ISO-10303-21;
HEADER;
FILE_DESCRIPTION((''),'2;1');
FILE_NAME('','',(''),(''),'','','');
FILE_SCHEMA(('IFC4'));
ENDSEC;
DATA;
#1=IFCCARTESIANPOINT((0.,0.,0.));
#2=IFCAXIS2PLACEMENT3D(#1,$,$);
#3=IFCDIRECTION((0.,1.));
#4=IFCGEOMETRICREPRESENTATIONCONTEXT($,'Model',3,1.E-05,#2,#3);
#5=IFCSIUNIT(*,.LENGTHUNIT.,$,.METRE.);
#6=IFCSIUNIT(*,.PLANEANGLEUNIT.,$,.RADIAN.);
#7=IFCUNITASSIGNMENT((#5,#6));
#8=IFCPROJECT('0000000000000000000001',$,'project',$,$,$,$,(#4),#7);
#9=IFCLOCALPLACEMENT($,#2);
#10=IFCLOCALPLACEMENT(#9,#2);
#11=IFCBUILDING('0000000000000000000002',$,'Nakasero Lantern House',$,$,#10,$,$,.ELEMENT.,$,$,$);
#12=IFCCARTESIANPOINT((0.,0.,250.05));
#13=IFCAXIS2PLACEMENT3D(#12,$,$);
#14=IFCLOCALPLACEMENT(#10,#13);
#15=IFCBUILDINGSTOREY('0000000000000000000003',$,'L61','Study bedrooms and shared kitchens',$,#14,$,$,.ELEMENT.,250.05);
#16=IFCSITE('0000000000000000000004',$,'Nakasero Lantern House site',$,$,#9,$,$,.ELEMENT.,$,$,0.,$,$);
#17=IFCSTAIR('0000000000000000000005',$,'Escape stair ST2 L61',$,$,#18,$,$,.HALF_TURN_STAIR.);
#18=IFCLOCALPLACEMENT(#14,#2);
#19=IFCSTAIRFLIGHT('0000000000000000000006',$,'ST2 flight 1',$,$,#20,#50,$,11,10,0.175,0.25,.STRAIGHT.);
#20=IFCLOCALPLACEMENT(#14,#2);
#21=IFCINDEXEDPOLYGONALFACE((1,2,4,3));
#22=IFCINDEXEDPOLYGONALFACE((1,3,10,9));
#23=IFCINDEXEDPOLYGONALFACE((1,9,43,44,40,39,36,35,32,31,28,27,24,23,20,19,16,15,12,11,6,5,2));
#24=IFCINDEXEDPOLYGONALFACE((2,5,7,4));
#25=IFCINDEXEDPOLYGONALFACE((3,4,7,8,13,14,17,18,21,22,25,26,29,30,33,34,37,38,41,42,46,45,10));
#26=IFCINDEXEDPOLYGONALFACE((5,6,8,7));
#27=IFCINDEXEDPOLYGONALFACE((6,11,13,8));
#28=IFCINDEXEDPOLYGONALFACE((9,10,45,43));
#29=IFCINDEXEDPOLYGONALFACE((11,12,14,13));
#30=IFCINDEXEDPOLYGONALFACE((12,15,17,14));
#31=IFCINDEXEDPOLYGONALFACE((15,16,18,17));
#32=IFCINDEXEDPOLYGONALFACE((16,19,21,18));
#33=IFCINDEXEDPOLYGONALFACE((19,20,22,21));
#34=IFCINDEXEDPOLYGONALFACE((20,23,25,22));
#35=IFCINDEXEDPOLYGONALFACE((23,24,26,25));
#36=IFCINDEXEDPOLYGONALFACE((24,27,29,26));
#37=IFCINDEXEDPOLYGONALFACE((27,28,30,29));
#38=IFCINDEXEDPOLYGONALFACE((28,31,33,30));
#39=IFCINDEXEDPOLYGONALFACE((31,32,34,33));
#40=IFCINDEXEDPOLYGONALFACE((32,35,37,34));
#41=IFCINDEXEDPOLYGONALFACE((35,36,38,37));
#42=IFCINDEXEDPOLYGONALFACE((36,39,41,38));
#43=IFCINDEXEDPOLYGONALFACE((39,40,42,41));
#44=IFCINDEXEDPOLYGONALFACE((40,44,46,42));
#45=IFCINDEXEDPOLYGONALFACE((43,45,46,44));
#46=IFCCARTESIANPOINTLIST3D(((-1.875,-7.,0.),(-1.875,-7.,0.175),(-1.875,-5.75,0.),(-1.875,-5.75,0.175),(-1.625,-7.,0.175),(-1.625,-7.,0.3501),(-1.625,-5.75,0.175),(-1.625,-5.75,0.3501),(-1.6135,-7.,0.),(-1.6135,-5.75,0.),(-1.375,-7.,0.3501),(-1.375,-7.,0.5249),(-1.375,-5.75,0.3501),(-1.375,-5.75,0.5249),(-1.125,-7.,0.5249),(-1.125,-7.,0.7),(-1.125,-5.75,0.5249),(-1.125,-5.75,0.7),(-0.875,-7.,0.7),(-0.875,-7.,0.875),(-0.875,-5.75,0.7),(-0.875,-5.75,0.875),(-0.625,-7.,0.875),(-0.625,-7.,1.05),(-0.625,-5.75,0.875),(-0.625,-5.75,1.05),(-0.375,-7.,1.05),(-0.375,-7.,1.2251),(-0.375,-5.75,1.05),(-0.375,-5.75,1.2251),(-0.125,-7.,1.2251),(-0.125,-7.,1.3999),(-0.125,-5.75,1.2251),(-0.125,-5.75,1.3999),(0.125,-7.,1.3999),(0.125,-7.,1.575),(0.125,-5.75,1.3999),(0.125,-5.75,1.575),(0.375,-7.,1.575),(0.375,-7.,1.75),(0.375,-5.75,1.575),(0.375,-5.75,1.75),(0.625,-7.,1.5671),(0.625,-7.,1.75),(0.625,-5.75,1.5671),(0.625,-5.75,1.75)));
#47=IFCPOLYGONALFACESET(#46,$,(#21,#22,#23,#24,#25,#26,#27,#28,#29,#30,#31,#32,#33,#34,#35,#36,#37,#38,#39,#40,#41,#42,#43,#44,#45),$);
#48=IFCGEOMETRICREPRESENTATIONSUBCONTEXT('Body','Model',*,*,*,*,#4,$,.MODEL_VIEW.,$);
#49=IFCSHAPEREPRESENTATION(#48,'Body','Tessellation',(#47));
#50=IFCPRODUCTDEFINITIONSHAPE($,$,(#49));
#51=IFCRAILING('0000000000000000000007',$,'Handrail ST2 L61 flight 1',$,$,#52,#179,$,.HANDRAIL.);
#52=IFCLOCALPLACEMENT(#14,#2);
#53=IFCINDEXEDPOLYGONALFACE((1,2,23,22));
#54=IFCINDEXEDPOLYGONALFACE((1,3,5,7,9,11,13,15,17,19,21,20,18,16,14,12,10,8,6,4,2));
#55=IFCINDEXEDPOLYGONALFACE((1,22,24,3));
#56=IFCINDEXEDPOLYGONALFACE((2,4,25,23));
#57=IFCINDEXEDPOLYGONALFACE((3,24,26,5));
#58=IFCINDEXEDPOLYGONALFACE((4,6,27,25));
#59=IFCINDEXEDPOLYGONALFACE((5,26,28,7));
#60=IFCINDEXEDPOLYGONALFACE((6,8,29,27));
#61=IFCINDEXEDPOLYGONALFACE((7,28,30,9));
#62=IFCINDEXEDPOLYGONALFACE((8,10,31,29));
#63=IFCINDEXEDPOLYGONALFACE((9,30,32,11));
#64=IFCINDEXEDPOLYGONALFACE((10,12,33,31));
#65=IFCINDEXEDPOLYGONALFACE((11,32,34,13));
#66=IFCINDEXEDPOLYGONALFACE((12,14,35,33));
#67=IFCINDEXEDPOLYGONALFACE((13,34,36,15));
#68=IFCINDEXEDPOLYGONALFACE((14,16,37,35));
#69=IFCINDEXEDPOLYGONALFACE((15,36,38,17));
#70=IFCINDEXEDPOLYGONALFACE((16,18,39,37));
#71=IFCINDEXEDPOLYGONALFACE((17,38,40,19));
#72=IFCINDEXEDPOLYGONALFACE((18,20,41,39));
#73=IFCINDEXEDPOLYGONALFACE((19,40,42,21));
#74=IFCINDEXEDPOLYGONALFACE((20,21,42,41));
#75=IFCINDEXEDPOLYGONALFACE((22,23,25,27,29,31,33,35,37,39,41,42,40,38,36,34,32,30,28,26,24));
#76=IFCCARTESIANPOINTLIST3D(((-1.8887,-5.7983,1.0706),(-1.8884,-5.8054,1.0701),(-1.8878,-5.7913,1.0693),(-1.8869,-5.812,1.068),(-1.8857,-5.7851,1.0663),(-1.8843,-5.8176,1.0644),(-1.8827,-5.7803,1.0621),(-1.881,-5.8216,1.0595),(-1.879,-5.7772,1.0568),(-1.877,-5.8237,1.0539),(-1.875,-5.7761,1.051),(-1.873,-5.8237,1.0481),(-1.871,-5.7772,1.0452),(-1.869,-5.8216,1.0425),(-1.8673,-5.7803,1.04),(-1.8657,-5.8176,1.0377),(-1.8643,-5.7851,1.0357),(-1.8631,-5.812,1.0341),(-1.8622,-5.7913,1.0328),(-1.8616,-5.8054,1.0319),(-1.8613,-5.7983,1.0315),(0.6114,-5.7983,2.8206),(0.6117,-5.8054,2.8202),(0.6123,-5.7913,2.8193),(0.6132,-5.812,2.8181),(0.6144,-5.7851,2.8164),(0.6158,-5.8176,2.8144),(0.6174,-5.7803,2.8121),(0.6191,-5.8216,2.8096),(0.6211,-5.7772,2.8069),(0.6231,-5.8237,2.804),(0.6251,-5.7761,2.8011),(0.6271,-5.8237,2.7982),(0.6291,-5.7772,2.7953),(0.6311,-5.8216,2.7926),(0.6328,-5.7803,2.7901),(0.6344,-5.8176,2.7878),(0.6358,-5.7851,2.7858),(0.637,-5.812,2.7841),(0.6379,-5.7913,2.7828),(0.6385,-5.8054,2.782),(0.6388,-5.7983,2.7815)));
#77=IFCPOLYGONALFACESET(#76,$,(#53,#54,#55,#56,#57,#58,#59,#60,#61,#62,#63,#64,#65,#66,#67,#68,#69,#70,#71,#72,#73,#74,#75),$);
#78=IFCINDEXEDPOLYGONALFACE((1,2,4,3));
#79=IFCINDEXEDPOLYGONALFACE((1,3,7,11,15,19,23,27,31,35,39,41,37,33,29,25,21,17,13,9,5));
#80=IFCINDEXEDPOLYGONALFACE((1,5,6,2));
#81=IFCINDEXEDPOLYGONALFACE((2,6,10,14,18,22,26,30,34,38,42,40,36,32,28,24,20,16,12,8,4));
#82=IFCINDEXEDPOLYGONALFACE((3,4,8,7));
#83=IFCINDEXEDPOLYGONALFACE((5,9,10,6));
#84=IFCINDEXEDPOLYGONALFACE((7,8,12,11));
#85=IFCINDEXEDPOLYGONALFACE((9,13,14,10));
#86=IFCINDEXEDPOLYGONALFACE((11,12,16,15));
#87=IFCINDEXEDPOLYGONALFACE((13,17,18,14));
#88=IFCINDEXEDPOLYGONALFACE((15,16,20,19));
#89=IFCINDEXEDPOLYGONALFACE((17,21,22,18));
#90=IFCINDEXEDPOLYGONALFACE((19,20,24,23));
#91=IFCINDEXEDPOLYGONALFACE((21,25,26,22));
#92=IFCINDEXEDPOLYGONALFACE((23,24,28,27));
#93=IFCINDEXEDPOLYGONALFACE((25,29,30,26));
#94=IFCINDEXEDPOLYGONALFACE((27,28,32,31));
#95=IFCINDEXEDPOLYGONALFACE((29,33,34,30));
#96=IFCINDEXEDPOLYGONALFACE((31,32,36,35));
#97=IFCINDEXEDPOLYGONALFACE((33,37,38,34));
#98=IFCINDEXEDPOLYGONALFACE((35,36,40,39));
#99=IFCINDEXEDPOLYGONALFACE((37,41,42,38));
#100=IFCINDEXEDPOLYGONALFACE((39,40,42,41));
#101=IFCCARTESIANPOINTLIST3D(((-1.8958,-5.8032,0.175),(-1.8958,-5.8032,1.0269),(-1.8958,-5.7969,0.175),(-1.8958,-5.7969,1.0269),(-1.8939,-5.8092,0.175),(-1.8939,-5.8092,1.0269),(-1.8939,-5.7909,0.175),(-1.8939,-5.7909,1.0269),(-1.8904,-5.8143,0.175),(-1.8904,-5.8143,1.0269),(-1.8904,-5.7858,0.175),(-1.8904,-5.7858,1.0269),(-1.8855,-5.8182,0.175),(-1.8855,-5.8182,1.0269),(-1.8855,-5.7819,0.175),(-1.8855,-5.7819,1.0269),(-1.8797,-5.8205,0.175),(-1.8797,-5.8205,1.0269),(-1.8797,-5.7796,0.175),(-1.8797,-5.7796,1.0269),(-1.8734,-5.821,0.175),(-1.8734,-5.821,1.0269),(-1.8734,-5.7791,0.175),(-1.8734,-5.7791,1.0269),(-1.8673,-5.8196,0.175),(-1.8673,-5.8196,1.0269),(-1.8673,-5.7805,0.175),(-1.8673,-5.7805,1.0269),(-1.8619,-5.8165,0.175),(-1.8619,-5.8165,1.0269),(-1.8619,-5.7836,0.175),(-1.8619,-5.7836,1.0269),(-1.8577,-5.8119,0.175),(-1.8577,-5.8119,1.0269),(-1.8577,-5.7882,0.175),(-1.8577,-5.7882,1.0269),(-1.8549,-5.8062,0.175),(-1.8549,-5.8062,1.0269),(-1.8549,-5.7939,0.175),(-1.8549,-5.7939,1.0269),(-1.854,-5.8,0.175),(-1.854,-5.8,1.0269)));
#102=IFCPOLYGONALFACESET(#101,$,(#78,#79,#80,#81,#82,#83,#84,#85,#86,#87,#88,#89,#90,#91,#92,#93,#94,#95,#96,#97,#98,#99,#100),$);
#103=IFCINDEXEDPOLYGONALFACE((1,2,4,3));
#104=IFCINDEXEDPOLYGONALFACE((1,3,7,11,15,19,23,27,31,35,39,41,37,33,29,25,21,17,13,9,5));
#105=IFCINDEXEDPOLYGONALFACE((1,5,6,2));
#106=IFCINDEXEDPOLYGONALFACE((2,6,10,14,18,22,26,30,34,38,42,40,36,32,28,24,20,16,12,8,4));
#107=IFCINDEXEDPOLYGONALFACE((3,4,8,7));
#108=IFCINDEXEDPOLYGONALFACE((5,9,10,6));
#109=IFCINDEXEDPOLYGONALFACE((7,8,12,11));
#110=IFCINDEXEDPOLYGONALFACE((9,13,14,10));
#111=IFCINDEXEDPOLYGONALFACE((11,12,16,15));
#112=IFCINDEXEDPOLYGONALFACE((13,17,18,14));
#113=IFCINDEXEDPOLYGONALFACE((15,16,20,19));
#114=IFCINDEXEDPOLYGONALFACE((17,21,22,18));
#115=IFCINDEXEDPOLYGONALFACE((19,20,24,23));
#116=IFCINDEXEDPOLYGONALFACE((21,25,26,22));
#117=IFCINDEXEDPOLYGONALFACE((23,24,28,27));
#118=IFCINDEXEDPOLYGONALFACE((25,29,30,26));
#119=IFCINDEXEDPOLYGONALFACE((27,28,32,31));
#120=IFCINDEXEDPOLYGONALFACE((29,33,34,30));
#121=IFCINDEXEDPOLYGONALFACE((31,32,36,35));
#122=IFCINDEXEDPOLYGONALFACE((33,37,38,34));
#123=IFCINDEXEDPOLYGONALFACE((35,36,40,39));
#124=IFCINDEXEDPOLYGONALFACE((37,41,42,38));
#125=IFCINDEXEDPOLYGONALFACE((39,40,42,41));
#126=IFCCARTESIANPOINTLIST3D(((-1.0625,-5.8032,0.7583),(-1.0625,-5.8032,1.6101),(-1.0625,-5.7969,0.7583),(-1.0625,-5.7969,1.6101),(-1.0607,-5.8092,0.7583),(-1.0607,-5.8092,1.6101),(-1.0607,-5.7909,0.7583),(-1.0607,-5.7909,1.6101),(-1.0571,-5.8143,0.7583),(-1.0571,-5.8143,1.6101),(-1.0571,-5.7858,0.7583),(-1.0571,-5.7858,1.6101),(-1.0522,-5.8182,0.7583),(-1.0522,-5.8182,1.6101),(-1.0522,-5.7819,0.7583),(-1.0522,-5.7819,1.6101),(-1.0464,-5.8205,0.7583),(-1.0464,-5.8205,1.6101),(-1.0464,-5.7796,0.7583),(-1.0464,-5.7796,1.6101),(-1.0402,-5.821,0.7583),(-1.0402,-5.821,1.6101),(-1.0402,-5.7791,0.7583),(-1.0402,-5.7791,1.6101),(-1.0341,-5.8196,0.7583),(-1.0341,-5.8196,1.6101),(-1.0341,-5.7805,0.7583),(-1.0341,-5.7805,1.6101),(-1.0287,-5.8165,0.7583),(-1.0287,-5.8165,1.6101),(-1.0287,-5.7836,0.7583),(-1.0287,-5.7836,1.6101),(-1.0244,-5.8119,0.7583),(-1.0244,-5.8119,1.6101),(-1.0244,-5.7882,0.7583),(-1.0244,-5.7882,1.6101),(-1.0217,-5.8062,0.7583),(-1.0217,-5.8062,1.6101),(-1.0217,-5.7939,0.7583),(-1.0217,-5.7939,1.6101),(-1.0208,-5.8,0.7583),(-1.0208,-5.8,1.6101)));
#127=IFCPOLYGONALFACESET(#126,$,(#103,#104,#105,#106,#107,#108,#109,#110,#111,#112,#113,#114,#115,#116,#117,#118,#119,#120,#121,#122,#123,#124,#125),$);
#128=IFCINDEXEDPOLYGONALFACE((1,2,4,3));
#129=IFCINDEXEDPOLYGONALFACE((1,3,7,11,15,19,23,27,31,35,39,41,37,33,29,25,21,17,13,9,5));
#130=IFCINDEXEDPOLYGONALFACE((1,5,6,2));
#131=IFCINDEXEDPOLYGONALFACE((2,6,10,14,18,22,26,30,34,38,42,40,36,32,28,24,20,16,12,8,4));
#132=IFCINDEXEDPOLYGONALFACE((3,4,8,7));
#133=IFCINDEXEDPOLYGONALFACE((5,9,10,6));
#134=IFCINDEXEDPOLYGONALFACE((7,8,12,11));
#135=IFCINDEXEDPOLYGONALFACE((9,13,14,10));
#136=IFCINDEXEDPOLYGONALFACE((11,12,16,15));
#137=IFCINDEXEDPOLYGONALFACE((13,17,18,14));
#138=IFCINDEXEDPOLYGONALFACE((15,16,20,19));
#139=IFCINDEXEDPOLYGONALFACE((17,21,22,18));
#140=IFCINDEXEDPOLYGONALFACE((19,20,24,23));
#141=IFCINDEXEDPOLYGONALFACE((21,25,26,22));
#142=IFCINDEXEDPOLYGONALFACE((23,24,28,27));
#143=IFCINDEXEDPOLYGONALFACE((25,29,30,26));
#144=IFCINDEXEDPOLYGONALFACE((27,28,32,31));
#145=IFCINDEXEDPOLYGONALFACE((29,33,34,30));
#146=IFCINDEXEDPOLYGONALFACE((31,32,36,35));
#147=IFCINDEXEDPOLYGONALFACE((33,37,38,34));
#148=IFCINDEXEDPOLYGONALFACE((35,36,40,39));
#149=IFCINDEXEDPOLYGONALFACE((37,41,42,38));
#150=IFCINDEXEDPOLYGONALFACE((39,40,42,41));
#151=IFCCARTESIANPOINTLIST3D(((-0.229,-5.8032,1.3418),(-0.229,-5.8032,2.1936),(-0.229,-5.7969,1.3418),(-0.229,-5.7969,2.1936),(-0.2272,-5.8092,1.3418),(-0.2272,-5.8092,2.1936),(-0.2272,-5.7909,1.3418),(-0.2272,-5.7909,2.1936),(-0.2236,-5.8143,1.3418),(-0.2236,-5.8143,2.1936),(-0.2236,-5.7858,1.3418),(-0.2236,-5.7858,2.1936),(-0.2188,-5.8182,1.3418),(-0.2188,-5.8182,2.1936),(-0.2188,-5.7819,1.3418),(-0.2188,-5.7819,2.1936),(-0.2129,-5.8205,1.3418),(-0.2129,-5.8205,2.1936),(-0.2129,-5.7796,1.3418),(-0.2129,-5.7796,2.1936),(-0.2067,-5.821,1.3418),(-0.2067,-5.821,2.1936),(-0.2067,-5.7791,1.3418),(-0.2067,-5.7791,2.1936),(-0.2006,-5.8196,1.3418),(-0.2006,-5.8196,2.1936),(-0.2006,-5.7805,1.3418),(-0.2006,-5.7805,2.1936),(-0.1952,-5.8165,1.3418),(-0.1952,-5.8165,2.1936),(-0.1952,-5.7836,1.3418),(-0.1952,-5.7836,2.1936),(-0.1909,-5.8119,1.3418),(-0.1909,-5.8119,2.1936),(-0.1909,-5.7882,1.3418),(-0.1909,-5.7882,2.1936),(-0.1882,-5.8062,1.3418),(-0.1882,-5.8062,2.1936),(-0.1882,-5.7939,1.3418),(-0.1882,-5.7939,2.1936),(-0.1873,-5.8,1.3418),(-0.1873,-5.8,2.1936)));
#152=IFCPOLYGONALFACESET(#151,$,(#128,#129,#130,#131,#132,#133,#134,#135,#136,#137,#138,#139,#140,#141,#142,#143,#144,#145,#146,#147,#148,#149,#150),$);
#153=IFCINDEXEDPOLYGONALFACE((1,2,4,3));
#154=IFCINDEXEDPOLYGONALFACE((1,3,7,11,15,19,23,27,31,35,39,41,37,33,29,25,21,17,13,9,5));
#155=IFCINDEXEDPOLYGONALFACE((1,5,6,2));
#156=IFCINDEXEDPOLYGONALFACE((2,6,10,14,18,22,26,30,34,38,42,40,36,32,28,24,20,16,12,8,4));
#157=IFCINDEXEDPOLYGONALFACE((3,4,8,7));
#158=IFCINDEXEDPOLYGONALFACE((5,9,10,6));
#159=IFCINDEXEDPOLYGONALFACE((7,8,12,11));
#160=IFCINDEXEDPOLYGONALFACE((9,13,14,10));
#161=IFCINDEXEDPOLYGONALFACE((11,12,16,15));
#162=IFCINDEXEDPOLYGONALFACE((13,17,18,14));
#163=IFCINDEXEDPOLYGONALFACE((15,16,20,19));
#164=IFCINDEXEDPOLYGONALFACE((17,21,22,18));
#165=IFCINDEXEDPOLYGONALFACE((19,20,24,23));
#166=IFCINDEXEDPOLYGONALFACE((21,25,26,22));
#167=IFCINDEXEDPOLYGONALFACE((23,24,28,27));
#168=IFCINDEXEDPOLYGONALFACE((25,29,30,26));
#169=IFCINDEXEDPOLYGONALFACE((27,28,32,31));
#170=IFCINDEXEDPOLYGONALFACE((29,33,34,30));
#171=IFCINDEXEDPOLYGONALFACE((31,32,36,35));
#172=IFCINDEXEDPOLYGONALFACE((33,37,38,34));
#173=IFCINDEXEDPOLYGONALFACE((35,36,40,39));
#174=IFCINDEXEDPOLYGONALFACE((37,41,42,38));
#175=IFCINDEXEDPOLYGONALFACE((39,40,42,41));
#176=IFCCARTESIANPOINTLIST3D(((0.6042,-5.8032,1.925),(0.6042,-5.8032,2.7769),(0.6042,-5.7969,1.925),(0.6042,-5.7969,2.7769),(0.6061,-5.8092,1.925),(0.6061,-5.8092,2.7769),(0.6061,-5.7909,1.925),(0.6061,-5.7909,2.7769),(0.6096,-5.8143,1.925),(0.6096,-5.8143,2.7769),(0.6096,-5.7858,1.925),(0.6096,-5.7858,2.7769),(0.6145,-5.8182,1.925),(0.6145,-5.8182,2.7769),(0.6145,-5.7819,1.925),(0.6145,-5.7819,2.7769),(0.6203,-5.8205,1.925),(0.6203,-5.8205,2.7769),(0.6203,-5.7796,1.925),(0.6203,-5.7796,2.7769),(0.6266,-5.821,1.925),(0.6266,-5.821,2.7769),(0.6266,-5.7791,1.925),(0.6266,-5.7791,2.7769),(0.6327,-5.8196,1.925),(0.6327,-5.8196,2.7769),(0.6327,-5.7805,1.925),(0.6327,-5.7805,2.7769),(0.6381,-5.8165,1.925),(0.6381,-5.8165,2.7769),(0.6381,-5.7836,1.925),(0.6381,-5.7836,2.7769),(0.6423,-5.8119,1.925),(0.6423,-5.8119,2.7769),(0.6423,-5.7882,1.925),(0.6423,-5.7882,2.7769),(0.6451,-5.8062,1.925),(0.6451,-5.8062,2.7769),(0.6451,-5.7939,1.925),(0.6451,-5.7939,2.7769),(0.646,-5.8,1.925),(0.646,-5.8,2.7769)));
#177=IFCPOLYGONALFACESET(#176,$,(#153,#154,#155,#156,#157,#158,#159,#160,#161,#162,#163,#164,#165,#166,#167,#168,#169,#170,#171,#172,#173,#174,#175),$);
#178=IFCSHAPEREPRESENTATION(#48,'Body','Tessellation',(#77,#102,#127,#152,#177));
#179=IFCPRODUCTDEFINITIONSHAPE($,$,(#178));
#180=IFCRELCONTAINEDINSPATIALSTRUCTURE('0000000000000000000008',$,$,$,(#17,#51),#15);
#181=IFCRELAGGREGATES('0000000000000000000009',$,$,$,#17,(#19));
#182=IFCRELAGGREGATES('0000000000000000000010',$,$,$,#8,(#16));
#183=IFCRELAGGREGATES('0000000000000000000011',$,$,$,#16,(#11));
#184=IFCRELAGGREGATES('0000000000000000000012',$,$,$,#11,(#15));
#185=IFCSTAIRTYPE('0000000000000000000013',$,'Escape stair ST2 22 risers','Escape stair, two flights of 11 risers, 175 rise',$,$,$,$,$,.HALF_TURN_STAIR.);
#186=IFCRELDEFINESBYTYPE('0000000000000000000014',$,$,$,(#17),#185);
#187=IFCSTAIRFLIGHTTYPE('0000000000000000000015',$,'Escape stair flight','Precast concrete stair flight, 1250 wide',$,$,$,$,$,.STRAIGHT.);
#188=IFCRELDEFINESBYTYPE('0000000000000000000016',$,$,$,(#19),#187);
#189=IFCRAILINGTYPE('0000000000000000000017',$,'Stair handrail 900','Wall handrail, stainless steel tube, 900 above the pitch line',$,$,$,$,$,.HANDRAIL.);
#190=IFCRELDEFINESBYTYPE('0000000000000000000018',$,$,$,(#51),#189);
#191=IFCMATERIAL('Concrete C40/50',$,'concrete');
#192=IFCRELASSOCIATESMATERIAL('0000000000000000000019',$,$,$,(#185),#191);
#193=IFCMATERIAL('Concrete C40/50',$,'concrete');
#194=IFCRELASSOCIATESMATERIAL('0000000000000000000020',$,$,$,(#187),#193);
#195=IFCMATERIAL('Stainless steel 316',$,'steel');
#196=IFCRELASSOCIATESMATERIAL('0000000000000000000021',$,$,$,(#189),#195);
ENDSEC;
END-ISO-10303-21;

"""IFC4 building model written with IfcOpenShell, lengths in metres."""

from ifc_helpers import new_model, si_unit, direction, frame, origin, origin_2d, place, context, subcontext, project, spatial, polyline, circle, outline, extrude, material, type_object, element, aggregate, save


model = new_model("IFC4")

# Units and contexts
model_context = context("Model", 3, precision=1e-05, world=origin(), true_north=direction((0.0, 1.0)))
body_context = subcontext(model_context, "Body", "Model", "MODEL_VIEW")
ifc_project = project(units=[si_unit("LENGTHUNIT", "METRE"), si_unit("PLANEANGLEUNIT", "RADIAN")], contexts=[model_context])

# Site, building, storey
site_placement = place(None, origin())
site = spatial("IfcSite", under=ifc_project, at=site_placement, Name="Nakasero Lantern House site", CompositionType="ELEMENT", RefElevation=0.0)
building_placement = place(site_placement, origin())
building = spatial("IfcBuilding", under=site, at=building_placement, Name="Nakasero Lantern House", CompositionType="ELEMENT")
storey_placement = place(building_placement, frame((0.0, 0.0, 250.05)))
storey = spatial("IfcBuildingStorey", under=building, at=storey_placement, Name="L61", Description="Study bedrooms and shared kitchens", CompositionType="ELEMENT", Elevation=250.05)

# Stair, stair flight
ifc_material_1 = material(Name="Concrete C40/50", Category="concrete")
stair_type = type_object("IfcStairType", Name="Escape stair ST2 22 risers", Description="Escape stair, two flights of 11 risers, 175 rise", PredefinedType="HALF_TURN_STAIR", material=ifc_material_1)
stair_placement = place(storey_placement, origin())
stair = element("IfcStair", 1, at=stair_placement, inside=storey, type_object=stair_type, Name="Escape stair ST2 L61", PredefinedType="HALF_TURN_STAIR")
ifc_material_2 = material(Name="Concrete C40/50", Category="concrete")
stair_flight_type = type_object("IfcStairFlightType", Name="Escape stair flight", Description="Precast concrete stair flight, 1250 wide", PredefinedType="STRAIGHT", material=ifc_material_2)
stair_flight_placement = place(storey_placement, frame((-1.875, -6.375, 0.0), z_axis=(0.0, 0.0, 1.0), x_axis=(1.0, 0.0, 0.0)))
stair_flight = element("IfcStairFlight", 2, at=stair_flight_placement, type_object=stair_flight_type, Name="ST2 flight 1", NumberOfRisers=11, NumberOfTreads=10, PredefinedType="STRAIGHT", RiserHeight=0.175, TreadLength=0.25, context=body_context, shape_type="SweptSolid", body=[
    extrude(outline(polyline([(0.0, 0.0), (0.0, 0.175), (0.25, 0.175), (0.25, 0.3501), (0.5, 0.3501), (0.5, 0.5249), (0.75, 0.5249), (0.75, 0.7), (1.0, 0.7), (1.0, 0.875), (1.25, 0.875), (1.25, 1.05), (1.5, 1.05), (1.5, 1.2251), (1.75, 1.2251), (1.75, 1.3999), (2.0, 1.3999), (2.0, 1.575), (2.25, 1.575), (2.25, 1.75), (2.5, 1.75), (2.5, 1.925), (2.5, 1.5671), (0.2615, 0.0), (0.0, 0.0)])), frame((0.0, 0.625, 0.0), z_axis=(0.0, -1.0, 0.0), x_axis=(1.0, 0.0, 0.0)), (0.0, 0.0, 1.0), 1.25),
])
aggregate(stair, [stair_flight])

# Railing
ifc_material_3 = material(Name="Stainless steel 316", Category="steel")
railing_type = type_object("IfcRailingType", Name="Stair handrail 900", Description="Wall handrail, stainless steel tube, 900 above the pitch line", PredefinedType="HANDRAIL", material=ifc_material_3)
railing_placement = place(storey_placement, frame((-1.875, -5.8, 0.175)))
element("IfcRailing", 3, at=railing_placement, inside=storey, type_object=railing_type, Name="Handrail ST2 L61 flight 1", PredefinedType="HANDRAIL", context=body_context, shape_type="SweptSolid", body=[
    extrude(circle(Radius=0.0239, at=origin_2d()), frame((0.0, 0.0, 0.876), z_axis=(0.819232, 0.0, 0.573462), x_axis=(0.0, 1.0, 0.0)), (0.0, 0.0, 1.0), 3.0518),
    extrude(circle(Radius=0.021, at=origin_2d()), origin(), (0.0, 0.0, 1.0), 0.8518),
    extrude(circle(Radius=0.021, at=origin_2d()), frame((0.8333, 0.0, 0.5833)), (0.0, 0.0, 1.0), 0.8518),
    extrude(circle(Radius=0.021, at=origin_2d()), frame((1.6667, 0.0, 1.1667)), (0.0, 0.0, 1.0), 0.8518),
    extrude(circle(Radius=0.021, at=origin_2d()), frame((2.5, 0.0, 1.75)), (0.0, 0.0, 1.0), 0.8518),
])

save(model, "model.ifc")
